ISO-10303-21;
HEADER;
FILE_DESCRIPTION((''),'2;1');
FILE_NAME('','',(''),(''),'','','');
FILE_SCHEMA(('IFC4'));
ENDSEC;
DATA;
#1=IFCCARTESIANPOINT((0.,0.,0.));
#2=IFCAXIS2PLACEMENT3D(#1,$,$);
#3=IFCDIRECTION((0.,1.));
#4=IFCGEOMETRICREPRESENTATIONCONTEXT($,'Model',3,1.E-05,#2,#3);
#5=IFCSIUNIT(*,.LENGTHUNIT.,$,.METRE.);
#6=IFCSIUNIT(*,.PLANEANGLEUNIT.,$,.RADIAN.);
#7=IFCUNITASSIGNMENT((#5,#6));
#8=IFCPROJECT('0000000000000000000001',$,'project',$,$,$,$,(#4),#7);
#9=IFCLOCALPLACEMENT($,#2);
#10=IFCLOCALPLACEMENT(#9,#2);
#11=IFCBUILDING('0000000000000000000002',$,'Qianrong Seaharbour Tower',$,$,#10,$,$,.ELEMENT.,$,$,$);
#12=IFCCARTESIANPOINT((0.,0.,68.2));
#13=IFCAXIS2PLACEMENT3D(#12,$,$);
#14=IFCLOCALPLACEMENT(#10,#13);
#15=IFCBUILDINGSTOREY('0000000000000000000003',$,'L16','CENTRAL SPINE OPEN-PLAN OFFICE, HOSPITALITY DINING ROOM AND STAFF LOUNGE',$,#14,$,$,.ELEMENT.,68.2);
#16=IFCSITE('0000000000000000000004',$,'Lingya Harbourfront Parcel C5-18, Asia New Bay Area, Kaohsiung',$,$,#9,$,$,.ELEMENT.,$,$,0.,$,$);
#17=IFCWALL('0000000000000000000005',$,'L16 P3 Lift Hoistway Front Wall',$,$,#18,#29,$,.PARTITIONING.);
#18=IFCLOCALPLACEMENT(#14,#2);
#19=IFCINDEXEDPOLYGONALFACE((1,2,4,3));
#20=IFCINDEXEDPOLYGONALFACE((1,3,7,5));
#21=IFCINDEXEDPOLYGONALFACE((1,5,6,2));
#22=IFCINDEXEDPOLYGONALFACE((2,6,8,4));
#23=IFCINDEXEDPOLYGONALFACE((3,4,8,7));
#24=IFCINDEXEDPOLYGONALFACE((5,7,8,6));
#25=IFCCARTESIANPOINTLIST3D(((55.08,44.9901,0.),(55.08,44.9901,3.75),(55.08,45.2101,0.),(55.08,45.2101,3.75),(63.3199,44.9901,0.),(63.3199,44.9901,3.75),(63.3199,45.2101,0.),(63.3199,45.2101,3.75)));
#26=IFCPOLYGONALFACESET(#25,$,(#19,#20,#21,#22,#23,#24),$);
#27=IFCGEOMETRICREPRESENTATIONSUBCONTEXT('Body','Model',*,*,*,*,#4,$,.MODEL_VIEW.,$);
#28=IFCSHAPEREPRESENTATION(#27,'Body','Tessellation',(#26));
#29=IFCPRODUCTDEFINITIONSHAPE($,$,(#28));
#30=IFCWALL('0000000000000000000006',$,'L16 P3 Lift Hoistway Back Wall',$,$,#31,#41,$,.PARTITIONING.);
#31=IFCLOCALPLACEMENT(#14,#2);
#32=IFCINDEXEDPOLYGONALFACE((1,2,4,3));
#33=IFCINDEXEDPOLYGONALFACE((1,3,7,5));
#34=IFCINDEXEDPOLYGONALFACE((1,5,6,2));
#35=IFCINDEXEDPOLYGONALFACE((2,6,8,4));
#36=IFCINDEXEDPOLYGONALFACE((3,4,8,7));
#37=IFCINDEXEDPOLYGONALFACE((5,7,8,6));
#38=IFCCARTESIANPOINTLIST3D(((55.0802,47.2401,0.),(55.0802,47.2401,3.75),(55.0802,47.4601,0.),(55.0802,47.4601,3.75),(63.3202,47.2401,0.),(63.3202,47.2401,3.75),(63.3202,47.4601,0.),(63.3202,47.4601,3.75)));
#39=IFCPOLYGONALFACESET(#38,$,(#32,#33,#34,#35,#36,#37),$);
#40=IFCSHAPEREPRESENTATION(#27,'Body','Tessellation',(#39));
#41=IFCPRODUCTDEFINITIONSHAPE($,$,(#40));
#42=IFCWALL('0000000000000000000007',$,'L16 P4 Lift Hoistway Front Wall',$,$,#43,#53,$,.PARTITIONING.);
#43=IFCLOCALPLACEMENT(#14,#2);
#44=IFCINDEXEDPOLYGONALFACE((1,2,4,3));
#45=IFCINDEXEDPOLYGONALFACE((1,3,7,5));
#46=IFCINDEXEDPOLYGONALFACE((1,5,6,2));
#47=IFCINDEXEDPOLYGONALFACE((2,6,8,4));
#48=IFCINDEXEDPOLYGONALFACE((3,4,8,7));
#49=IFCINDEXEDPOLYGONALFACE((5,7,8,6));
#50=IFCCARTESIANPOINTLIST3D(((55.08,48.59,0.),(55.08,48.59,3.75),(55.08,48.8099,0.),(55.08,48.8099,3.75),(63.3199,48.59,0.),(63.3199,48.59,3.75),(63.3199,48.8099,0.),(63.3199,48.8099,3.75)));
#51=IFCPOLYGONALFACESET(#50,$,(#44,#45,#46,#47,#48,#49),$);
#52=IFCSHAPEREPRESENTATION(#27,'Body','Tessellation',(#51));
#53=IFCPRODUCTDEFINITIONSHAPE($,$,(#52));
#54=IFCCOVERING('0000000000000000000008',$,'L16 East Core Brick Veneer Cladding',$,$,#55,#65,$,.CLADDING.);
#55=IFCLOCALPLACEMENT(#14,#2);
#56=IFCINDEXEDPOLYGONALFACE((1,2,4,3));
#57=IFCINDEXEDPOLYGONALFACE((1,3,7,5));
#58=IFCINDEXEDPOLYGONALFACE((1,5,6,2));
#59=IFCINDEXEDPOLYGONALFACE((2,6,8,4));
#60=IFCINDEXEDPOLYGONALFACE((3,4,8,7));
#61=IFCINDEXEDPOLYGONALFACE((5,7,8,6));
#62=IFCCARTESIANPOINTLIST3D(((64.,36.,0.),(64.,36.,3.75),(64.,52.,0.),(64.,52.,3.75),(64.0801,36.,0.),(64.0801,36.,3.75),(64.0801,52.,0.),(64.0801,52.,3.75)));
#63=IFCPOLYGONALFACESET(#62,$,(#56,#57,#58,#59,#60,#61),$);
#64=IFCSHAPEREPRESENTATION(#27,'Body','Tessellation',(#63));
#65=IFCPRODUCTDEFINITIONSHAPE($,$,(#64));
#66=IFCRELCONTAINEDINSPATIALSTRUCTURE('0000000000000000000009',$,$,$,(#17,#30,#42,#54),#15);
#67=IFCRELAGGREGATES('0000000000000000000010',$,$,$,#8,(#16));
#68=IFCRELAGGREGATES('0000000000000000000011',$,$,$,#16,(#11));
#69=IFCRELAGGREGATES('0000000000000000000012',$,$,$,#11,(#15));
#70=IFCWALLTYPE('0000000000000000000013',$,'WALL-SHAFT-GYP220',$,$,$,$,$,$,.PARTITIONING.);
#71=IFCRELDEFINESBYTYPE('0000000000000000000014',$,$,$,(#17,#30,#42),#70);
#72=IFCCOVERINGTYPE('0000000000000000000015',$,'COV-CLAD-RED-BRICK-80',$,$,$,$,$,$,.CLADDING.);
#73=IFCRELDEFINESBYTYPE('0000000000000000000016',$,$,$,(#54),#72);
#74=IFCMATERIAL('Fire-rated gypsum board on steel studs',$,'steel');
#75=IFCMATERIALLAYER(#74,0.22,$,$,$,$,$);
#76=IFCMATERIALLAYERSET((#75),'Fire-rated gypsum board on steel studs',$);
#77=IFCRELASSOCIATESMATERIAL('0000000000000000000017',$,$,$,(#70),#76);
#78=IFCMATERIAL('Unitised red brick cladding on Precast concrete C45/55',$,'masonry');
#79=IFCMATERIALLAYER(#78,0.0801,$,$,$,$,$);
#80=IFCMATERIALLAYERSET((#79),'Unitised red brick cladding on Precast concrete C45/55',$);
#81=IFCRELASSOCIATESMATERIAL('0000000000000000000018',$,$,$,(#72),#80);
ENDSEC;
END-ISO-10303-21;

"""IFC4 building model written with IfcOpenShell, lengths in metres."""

from ifc_helpers import new_model, si_unit, direction, frame, frame_2d, origin, origin_2d, place, context, subcontext, project, spatial, rectangle, extrude, material, layer, layer_set, type_object, element, save


model = new_model("IFC4")

# Units and contexts
model_context = context("Model", 3, precision=1e-05, world=origin(), true_north=direction((0.0, 1.0)))
body_context = subcontext(model_context, "Body", "Model", "MODEL_VIEW")
ifc_project = project(units=[si_unit("LENGTHUNIT", "METRE"), si_unit("PLANEANGLEUNIT", "RADIAN")], contexts=[model_context])

# Site, building, storey
site_placement = place(None, origin())
site = spatial("IfcSite", under=ifc_project, at=site_placement, Name="Lingya Harbourfront Parcel C5-18, Asia New Bay Area, Kaohsiung", CompositionType="ELEMENT", RefElevation=0.0)
building_placement = place(site_placement, origin())
building = spatial("IfcBuilding", under=site, at=building_placement, Name="Qianrong Seaharbour Tower", CompositionType="ELEMENT")
storey_placement = place(building_placement, frame((0.0, 0.0, 68.2)))
storey = spatial("IfcBuildingStorey", under=building, at=storey_placement, Name="L16", Description="CENTRAL SPINE OPEN-PLAN OFFICE, HOSPITALITY DINING ROOM AND STAFF LOUNGE", CompositionType="ELEMENT", Elevation=68.2)

# Walls
ifc_material_1 = material(Name="Fire-rated gypsum board on steel studs", Category="steel")
ifc_layer_1 = layer(ifc_material_1, 0.22)
ifc_layer_set_1 = layer_set([ifc_layer_1], Name="Fire-rated gypsum board on steel studs")
wall_type_1 = type_object("IfcWallType", Name="WALL-SHAFT-GYP220", PredefinedType="PARTITIONING", material=ifc_layer_set_1)
for number, where, z_axis, x_axis, name in (
    (1, (63.3201, 45.1001, 0.0), (0.0, 0.0, 1.0), (-1.0, 0.0, 0.0), "L16 P3 Lift Hoistway Front Wall"),
    (2, (55.0801, 47.3501, 0.0), (0.0, 0.0, 1.0), (1.0, 0.0, 0.0), "L16 P3 Lift Hoistway Back Wall"),
    (3, (63.3201, 48.7, 0.0), (0.0, 0.0, 1.0), (-1.0, 0.0, 0.0), "L16 P4 Lift Hoistway Front Wall"),
):
    element("IfcWall", number, at=place(storey_placement, frame(where, z_axis=z_axis, x_axis=x_axis)), inside=storey, type_object=wall_type_1, Name=name, PredefinedType="PARTITIONING", context=body_context, shape_type="SweptSolid", body=[
        extrude(rectangle(XDim=8.24, YDim=0.22, at=frame_2d((4.1201, 0.0))), origin(), (0.0, 0.0, 1.0), 3.75),
    ])

# Covering
ifc_material_2 = material(Name="Unitised red brick cladding on Precast concrete C45/55", Category="masonry")
ifc_layer_2 = layer(ifc_material_2, 0.0801)
ifc_layer_set_2 = layer_set([ifc_layer_2], Name="Unitised red brick cladding on Precast concrete C45/55")
covering_type = type_object("IfcCoveringType", Name="COV-CLAD-RED-BRICK-80", PredefinedType="CLADDING", material=ifc_layer_set_2)
covering_placement = place(storey_placement, frame((64.04, 44.0, 0.0), z_axis=(0.0, 0.0, 1.0), x_axis=(1.0, 0.0, 0.0)))
element("IfcCovering", 4, at=covering_placement, inside=storey, type_object=covering_type, Name="L16 East Core Brick Veneer Cladding", PredefinedType="CLADDING", context=body_context, shape_type="SweptSolid", body=[
    extrude(rectangle(XDim=0.0801, YDim=16.0, at=origin_2d()), origin(), (0.0, 0.0, 1.0), 3.75),
])

save(model, "model.ifc")
